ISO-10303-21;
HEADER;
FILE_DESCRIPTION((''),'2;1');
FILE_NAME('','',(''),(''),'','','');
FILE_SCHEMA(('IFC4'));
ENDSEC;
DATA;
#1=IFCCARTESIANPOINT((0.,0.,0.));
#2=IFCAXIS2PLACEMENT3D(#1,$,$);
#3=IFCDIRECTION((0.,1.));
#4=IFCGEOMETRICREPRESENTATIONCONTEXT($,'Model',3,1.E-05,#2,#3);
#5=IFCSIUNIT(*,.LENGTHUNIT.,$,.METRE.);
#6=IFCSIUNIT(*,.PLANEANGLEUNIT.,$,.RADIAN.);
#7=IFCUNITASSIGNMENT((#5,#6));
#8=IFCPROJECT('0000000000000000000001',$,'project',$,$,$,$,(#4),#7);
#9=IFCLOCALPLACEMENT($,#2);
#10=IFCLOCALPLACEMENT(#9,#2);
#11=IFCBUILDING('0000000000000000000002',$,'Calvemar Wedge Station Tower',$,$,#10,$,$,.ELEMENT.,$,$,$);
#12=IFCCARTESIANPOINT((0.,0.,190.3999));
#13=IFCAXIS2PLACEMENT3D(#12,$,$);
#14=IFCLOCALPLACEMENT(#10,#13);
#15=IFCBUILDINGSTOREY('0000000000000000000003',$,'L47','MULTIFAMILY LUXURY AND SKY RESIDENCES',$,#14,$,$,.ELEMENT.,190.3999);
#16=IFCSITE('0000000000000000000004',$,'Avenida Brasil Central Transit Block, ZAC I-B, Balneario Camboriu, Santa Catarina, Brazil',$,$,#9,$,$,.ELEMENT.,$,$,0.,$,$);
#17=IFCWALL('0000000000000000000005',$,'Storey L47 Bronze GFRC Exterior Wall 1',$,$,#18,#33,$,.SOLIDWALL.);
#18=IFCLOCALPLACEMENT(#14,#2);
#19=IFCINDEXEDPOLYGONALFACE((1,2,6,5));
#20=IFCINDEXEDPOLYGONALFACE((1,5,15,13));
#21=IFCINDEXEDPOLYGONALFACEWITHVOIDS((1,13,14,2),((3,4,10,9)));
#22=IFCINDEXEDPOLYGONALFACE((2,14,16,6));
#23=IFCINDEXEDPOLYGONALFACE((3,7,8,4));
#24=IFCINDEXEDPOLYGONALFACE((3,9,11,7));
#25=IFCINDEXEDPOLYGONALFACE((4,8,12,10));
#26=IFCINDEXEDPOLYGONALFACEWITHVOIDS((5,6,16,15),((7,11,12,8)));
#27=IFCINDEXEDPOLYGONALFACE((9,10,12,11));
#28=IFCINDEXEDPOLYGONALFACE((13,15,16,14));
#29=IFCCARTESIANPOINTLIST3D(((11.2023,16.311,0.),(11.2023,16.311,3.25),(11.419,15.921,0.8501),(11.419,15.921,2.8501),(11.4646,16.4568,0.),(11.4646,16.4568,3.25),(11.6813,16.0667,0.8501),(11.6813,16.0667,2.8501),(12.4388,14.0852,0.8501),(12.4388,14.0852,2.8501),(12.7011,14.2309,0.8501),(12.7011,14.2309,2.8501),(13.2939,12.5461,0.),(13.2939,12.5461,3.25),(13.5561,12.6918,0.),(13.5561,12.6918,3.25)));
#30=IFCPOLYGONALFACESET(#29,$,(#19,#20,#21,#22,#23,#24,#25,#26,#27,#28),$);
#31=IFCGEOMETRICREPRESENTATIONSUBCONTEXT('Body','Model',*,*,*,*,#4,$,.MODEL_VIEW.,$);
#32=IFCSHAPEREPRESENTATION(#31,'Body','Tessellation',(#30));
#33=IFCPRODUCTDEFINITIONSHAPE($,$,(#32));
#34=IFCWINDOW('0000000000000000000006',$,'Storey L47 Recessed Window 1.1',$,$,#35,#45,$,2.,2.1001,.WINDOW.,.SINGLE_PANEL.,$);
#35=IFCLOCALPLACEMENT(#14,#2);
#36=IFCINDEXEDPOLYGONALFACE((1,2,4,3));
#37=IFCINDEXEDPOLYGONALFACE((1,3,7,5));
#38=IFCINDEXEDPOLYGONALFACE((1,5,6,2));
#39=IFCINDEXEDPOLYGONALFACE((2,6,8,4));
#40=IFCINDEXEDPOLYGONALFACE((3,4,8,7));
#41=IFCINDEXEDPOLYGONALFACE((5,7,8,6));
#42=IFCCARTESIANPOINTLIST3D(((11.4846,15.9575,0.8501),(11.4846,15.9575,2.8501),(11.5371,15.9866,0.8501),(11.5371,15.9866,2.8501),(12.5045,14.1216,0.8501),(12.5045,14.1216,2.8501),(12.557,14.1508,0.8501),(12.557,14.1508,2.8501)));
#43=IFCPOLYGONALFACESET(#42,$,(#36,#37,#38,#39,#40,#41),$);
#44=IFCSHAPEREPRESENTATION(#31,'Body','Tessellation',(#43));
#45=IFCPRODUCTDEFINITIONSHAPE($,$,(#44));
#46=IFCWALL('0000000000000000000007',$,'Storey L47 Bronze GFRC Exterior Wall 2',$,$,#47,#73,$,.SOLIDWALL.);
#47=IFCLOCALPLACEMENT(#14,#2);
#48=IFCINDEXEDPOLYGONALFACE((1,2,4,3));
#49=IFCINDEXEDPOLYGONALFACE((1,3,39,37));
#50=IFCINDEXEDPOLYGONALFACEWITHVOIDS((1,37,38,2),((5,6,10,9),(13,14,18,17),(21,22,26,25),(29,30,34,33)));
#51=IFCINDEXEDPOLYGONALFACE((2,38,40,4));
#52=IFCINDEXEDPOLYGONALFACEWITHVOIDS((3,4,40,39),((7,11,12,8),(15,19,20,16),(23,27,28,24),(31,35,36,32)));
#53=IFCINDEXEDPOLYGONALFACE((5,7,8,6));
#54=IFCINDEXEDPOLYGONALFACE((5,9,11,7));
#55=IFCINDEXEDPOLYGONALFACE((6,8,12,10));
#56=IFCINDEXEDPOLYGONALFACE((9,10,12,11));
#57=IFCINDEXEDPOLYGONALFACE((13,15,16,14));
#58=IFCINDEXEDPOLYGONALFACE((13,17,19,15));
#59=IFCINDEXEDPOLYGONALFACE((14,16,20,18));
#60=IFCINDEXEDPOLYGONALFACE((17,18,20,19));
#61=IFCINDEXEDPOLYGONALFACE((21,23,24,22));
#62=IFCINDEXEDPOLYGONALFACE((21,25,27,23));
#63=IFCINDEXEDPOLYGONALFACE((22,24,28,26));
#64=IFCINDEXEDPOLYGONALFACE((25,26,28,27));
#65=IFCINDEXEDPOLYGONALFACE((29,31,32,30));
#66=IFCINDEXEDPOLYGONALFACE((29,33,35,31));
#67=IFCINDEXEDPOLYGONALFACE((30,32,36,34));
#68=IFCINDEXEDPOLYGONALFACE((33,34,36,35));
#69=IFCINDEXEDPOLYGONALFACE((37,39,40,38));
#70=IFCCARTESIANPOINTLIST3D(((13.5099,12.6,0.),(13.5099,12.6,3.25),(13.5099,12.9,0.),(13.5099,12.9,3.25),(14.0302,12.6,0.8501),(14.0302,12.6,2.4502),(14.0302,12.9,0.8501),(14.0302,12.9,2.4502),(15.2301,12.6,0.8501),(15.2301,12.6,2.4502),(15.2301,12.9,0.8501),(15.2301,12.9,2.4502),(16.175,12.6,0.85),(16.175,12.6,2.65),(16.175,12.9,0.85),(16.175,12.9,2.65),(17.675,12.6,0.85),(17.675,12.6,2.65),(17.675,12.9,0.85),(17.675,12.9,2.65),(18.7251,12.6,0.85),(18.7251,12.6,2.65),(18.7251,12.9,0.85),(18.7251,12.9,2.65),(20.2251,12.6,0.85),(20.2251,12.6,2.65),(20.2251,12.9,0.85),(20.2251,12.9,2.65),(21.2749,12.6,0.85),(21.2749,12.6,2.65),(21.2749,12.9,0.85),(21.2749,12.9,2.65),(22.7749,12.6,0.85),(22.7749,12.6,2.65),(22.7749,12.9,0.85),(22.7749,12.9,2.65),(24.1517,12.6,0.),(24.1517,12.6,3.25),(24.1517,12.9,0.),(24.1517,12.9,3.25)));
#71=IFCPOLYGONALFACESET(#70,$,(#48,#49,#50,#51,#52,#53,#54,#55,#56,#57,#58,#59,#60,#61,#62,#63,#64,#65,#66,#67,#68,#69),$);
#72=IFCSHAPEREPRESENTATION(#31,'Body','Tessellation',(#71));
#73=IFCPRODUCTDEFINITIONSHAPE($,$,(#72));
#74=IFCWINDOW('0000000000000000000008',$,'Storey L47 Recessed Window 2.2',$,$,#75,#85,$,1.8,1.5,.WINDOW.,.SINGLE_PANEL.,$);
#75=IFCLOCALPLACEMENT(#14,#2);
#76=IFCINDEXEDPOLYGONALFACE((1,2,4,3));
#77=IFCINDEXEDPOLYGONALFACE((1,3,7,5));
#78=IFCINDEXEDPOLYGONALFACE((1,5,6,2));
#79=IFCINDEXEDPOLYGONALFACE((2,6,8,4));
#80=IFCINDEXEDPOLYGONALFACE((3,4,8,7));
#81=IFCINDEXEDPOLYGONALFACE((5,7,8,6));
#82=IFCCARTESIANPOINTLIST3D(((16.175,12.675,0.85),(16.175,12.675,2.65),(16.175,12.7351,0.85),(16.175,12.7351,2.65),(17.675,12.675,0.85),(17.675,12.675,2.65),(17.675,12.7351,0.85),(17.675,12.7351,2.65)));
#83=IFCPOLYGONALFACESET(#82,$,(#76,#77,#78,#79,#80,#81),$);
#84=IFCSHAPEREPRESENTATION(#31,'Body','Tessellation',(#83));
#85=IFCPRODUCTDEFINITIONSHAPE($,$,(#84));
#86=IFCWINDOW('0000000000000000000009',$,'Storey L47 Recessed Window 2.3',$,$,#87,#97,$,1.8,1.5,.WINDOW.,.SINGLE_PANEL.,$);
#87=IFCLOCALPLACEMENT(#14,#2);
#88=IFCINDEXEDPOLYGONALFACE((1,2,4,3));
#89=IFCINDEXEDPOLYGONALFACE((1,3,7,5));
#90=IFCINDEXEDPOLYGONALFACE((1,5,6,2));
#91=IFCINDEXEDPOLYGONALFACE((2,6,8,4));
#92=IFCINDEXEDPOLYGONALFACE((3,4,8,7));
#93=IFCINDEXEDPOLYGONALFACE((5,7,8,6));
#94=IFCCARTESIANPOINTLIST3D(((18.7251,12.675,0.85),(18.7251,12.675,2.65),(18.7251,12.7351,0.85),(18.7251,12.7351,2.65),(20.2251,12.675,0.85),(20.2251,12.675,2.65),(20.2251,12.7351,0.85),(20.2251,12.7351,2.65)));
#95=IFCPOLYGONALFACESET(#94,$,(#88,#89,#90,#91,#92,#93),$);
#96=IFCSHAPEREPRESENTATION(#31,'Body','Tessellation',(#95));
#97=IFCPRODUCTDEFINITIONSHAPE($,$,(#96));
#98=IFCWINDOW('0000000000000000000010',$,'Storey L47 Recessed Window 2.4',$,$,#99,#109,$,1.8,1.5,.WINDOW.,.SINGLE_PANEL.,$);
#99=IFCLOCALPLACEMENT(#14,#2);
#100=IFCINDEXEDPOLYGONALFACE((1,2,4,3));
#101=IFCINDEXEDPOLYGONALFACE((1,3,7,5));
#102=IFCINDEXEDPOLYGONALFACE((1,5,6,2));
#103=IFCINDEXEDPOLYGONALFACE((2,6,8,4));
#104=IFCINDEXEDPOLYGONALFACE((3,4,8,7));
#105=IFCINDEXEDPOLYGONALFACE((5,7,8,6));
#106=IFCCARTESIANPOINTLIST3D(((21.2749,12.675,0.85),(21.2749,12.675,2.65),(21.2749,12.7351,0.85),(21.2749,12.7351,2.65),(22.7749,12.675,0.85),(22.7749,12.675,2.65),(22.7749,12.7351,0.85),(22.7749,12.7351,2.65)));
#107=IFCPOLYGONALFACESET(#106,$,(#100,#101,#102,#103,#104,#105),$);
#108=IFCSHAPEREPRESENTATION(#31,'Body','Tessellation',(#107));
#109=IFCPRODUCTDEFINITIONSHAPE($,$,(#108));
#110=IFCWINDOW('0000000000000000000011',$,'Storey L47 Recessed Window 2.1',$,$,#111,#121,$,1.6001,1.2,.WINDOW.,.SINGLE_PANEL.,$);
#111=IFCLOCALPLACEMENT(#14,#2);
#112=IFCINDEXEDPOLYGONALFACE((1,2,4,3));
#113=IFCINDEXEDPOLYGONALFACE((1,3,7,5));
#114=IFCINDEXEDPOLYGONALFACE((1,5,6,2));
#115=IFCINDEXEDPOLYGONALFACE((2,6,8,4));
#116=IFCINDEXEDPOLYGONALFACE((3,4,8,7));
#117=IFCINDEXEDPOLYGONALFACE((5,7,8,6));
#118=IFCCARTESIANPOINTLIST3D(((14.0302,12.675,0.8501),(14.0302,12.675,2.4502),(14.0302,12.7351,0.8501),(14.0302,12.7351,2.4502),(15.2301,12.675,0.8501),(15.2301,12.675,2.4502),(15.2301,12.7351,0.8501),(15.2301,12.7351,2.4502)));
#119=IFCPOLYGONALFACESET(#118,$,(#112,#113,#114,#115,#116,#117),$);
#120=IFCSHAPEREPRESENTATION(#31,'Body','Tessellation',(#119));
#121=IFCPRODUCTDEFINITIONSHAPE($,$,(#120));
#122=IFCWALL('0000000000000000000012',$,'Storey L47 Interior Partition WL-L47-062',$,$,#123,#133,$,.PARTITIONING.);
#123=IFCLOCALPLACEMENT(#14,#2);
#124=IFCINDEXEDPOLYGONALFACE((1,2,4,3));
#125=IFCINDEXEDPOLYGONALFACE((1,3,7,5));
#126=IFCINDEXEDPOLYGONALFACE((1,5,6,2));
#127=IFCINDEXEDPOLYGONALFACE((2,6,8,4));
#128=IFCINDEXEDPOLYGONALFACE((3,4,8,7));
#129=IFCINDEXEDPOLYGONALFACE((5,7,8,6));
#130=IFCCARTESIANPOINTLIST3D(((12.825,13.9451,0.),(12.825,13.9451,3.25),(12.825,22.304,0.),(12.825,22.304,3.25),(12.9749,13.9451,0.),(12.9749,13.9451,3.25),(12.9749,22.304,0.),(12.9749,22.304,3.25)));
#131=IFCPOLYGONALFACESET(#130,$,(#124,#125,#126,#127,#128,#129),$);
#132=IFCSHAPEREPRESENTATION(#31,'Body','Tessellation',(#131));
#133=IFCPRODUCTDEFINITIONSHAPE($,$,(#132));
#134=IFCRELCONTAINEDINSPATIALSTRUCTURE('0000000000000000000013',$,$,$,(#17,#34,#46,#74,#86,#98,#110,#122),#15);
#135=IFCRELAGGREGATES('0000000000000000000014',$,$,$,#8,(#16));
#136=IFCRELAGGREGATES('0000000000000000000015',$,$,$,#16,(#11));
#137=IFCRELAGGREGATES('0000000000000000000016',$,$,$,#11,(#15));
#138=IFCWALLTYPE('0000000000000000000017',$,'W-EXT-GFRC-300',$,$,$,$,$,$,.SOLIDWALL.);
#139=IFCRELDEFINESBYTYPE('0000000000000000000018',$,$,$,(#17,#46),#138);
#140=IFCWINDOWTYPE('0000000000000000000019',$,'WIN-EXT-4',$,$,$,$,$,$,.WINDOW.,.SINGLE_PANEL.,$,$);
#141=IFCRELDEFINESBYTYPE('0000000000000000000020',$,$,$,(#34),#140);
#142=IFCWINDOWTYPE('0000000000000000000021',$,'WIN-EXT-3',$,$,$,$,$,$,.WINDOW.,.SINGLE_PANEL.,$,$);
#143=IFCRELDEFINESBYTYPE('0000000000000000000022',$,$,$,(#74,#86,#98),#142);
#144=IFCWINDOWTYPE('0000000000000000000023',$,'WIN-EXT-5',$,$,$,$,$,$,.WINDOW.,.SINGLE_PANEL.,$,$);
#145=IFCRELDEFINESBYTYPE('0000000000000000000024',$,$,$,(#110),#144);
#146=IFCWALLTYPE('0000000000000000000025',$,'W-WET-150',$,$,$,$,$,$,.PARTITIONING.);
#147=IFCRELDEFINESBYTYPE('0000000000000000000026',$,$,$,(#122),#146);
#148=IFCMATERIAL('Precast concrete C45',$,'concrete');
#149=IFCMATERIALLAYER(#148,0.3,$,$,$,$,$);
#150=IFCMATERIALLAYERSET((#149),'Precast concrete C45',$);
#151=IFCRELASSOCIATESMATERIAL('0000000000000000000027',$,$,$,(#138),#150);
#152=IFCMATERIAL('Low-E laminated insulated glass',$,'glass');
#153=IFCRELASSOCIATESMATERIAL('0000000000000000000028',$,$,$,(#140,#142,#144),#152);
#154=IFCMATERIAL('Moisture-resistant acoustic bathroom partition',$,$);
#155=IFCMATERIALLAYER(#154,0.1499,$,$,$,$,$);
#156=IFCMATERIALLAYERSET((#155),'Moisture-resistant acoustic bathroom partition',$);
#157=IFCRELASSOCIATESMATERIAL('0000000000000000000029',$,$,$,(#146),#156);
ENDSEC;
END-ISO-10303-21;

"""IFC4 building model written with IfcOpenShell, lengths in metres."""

from ifc_helpers import new_model, si_unit, direction, frame, frame_2d, origin, place, context, subcontext, project, spatial, rectangle, extrude, source, transform, mapped, material, layer, layer_set, type_object, element, fill, save


model = new_model("IFC4")

# Units and contexts
model_context = context("Model", 3, precision=1e-05, world=origin(), true_north=direction((0.0, 1.0)))
body_context = subcontext(model_context, "Body", "Model", "MODEL_VIEW")
ifc_project = project(units=[si_unit("LENGTHUNIT", "METRE"), si_unit("PLANEANGLEUNIT", "RADIAN")], contexts=[model_context])

# Site, building, storey
site_placement = place(None, origin())
site = spatial("IfcSite", under=ifc_project, at=site_placement, Name="Avenida Brasil Central Transit Block, ZAC I-B, Balneario Camboriu, Santa Catarina, Brazil", CompositionType="ELEMENT", RefElevation=0.0)
building_placement = place(site_placement, origin())
building = spatial("IfcBuilding", under=site, at=building_placement, Name="Calvemar Wedge Station Tower", CompositionType="ELEMENT")
storey_placement = place(building_placement, frame((0.0, 0.0, 190.3999)))
storey = spatial("IfcBuildingStorey", under=building, at=storey_placement, Name="L47", Description="MULTIFAMILY LUXURY AND SKY RESIDENCES", CompositionType="ELEMENT", Elevation=190.3999)

# Wall, opening, window
ifc_material_1 = material(Name="Precast concrete C45", Category="concrete")
ifc_layer_1 = layer(ifc_material_1, 0.3)
ifc_layer_set_1 = layer_set([ifc_layer_1], Name="Precast concrete C45")
wall_type_1 = type_object("IfcWallType", Name="W-EXT-GFRC-300", PredefinedType="SOLIDWALL", material=ifc_layer_set_1)
wall_1_placement = place(storey_placement, frame((11.3335, 16.3838, 0.0), z_axis=(0.0, 0.0, 1.0), x_axis=(0.485633, -0.874163, 0.0)))
wall_1 = element("IfcWall", 1, at=wall_1_placement, inside=storey, type_object=wall_type_1, Name="Storey L47 Bronze GFRC Exterior Wall 1", PredefinedType="SOLIDWALL", context=body_context, shape_type="SweptSolid", body=[
    extrude(rectangle(XDim=4.3069, YDim=0.3, at=frame_2d((2.1533, 0.0))), origin(), (0.0, 0.0, 1.0), 3.25),
])
shared_shape_1 = source(origin(), body_context, "Body", "SweptSolid", [
    extrude(rectangle(XDim=2.1001, YDim=2.0, at=frame_2d((1.05, 1.0))), frame((0.0, 0.1602, 0.0), z_axis=(0.0, -1.0, 0.0), x_axis=(1.0, 0.0, 0.0)), (0.0, 0.0, 1.0), 0.3201),
])
opening_1_placement = place(wall_1_placement, frame((0.446, 0.0, 0.8501)))
opening_1 = element("IfcOpeningElement", 2, at=opening_1_placement, cuts=wall_1, PredefinedType="OPENING", context=body_context, shape_type="MappedRepresentation", body=[
    mapped(shared_shape_1, transform((0.0, 0.0, 0.0), scale=1.0)),
])
ifc_material_2 = material(Name="Low-E laminated insulated glass", Category="glass")
window_type_1 = type_object("IfcWindowType", Name="WIN-EXT-4", PartitioningType="SINGLE_PANEL", PredefinedType="WINDOW", material=ifc_material_2)
shared_shape_2 = source(origin(), body_context, "Body", "SweptSolid", [
    extrude(rectangle(XDim=2.1001, YDim=2.0, at=frame_2d((1.05, 1.0))), frame((0.0, -0.0149, 0.0), z_axis=(0.0, -1.0, 0.0), x_axis=(1.0, 0.0, 0.0)), (0.0, 0.0, 1.0), 0.0601),
])
window_1_placement = place(opening_1_placement, origin())
window_1 = element("IfcWindow", 3, at=window_1_placement, inside=storey, type_object=window_type_1, Name="Storey L47 Recessed Window 1.1", OverallHeight=2.0, OverallWidth=2.1001, PartitioningType="SINGLE_PANEL", PredefinedType="WINDOW", context=body_context, shape_type="MappedRepresentation", body=[
    mapped(shared_shape_2, transform((0.0, 0.0, 0.0), scale=1.0)),
])
fill(opening_1, window_1)

# Wall, openings, windows
wall_2_placement = place(storey_placement, frame((13.51, 12.75, 0.0), z_axis=(0.0, 0.0, 1.0), x_axis=(1.0, 0.0, 0.0)))
wall_2 = element("IfcWall", 4, at=wall_2_placement, inside=storey, type_object=wall_type_1, Name="Storey L47 Bronze GFRC Exterior Wall 2", PredefinedType="SOLIDWALL", context=body_context, shape_type="SweptSolid", body=[
    extrude(rectangle(XDim=10.6418, YDim=0.3, at=frame_2d((5.3208, 0.0))), origin(), (0.0, 0.0, 1.0), 3.25),
])
shared_shape_3 = source(origin(), body_context, "Body", "SweptSolid", [
    extrude(rectangle(XDim=1.2, YDim=1.6001, at=frame_2d((0.6001, 0.8))), frame((0.0, 0.1602, 0.0), z_axis=(0.0, -1.0, 0.0), x_axis=(1.0, 0.0, 0.0)), (0.0, 0.0, 1.0), 0.3201),
])
opening_2_placement = place(wall_2_placement, frame((0.52, 0.0, 0.8501)))
opening_2 = element("IfcOpeningElement", 5, at=opening_2_placement, cuts=wall_2, PredefinedType="OPENING", context=body_context, shape_type="MappedRepresentation", body=[
    mapped(shared_shape_3, transform((0.0, 0.0, 0.0), scale=1.0)),
])
shared_shape_4 = source(origin(), body_context, "Body", "SweptSolid", [
    extrude(rectangle(XDim=1.5, YDim=1.8, at=frame_2d((0.75, 0.8999))), frame((0.0, 0.1602, 0.0), z_axis=(0.0, -1.0, 0.0), x_axis=(1.0, 0.0, 0.0)), (0.0, 0.0, 1.0), 0.3201),
])
opening_3_placement = place(wall_2_placement, frame((2.665, 0.0, 0.8501)))
opening_3 = element("IfcOpeningElement", 6, at=opening_3_placement, cuts=wall_2, PredefinedType="OPENING", context=body_context, shape_type="MappedRepresentation", body=[
    mapped(shared_shape_4, transform((0.0, 0.0, 0.0), scale=1.0)),
])
opening_4_placement = place(wall_2_placement, frame((5.2151, 0.0, 0.8501)))
opening_4 = element("IfcOpeningElement", 7, at=opening_4_placement, cuts=wall_2, PredefinedType="OPENING", context=body_context, shape_type="MappedRepresentation", body=[
    mapped(shared_shape_4, transform((0.0, 0.0, 0.0), scale=1.0)),
])
opening_5_placement = place(wall_2_placement, frame((7.7649, 0.0, 0.8501)))
opening_5 = element("IfcOpeningElement", 8, at=opening_5_placement, cuts=wall_2, PredefinedType="OPENING", context=body_context, shape_type="MappedRepresentation", body=[
    mapped(shared_shape_4, transform((0.0, 0.0, 0.0), scale=1.0)),
])
window_type_2 = type_object("IfcWindowType", Name="WIN-EXT-3", PartitioningType="SINGLE_PANEL", PredefinedType="WINDOW", material=ifc_material_2)
shared_shape_5 = source(origin(), body_context, "Body", "SweptSolid", [
    extrude(rectangle(XDim=1.5, YDim=1.8, at=frame_2d((0.75, 0.8999))), frame((0.0, -0.0149, 0.0), z_axis=(0.0, -1.0, 0.0), x_axis=(1.0, 0.0, 0.0)), (0.0, 0.0, 1.0), 0.0601),
])
window_2_placement = place(opening_3_placement, origin())
window_2 = element("IfcWindow", 9, at=window_2_placement, inside=storey, type_object=window_type_2, Name="Storey L47 Recessed Window 2.2", OverallHeight=1.8, OverallWidth=1.5, PartitioningType="SINGLE_PANEL", PredefinedType="WINDOW", context=body_context, shape_type="MappedRepresentation", body=[
    mapped(shared_shape_5, transform((0.0, 0.0, 0.0), scale=1.0)),
])
fill(opening_3, window_2)
window_3_placement = place(opening_4_placement, origin())
window_3 = element("IfcWindow", 10, at=window_3_placement, inside=storey, type_object=window_type_2, Name="Storey L47 Recessed Window 2.3", OverallHeight=1.8, OverallWidth=1.5, PartitioningType="SINGLE_PANEL", PredefinedType="WINDOW", context=body_context, shape_type="MappedRepresentation", body=[
    mapped(shared_shape_5, transform((0.0, 0.0, 0.0), scale=1.0)),
])
fill(opening_4, window_3)
window_4_placement = place(opening_5_placement, origin())
window_4 = element("IfcWindow", 11, at=window_4_placement, inside=storey, type_object=window_type_2, Name="Storey L47 Recessed Window 2.4", OverallHeight=1.8, OverallWidth=1.5, PartitioningType="SINGLE_PANEL", PredefinedType="WINDOW", context=body_context, shape_type="MappedRepresentation", body=[
    mapped(shared_shape_5, transform((0.0, 0.0, 0.0), scale=1.0)),
])
fill(opening_5, window_4)
window_type_3 = type_object("IfcWindowType", Name="WIN-EXT-5", PartitioningType="SINGLE_PANEL", PredefinedType="WINDOW", material=ifc_material_2)
shared_shape_6 = source(origin(), body_context, "Body", "SweptSolid", [
    extrude(rectangle(XDim=1.2, YDim=1.6001, at=frame_2d((0.6001, 0.8))), frame((0.0, -0.0149, 0.0), z_axis=(0.0, -1.0, 0.0), x_axis=(1.0, 0.0, 0.0)), (0.0, 0.0, 1.0), 0.0601),
])
window_5_placement = place(opening_2_placement, origin())
window_5 = element("IfcWindow", 12, at=window_5_placement, inside=storey, type_object=window_type_3, Name="Storey L47 Recessed Window 2.1", OverallHeight=1.6001, OverallWidth=1.2, PartitioningType="SINGLE_PANEL", PredefinedType="WINDOW", context=body_context, shape_type="MappedRepresentation", body=[
    mapped(shared_shape_6, transform((0.0, 0.0, 0.0), scale=1.0)),
])
fill(opening_2, window_5)

# Wall
ifc_material_3 = material(Name="Moisture-resistant acoustic bathroom partition")
ifc_layer_2 = layer(ifc_material_3, 0.1499)
ifc_layer_set_2 = layer_set([ifc_layer_2], Name="Moisture-resistant acoustic bathroom partition")
wall_type_2 = type_object("IfcWallType", Name="W-WET-150", PredefinedType="PARTITIONING", material=ifc_layer_set_2)
wall_3_placement = place(storey_placement, frame((12.8999, 13.9451, 0.0), z_axis=(0.0, 0.0, 1.0), x_axis=(0.0, 1.0, 0.0)))
element("IfcWall", 13, at=wall_3_placement, inside=storey, type_object=wall_type_2, Name="Storey L47 Interior Partition WL-L47-062", PredefinedType="PARTITIONING", context=body_context, shape_type="SweptSolid", body=[
    extrude(rectangle(XDim=8.3589, YDim=0.1499, at=frame_2d((4.1794, 0.0))), origin(), (0.0, 0.0, 1.0), 3.25),
])

save(model, "model.ifc")
